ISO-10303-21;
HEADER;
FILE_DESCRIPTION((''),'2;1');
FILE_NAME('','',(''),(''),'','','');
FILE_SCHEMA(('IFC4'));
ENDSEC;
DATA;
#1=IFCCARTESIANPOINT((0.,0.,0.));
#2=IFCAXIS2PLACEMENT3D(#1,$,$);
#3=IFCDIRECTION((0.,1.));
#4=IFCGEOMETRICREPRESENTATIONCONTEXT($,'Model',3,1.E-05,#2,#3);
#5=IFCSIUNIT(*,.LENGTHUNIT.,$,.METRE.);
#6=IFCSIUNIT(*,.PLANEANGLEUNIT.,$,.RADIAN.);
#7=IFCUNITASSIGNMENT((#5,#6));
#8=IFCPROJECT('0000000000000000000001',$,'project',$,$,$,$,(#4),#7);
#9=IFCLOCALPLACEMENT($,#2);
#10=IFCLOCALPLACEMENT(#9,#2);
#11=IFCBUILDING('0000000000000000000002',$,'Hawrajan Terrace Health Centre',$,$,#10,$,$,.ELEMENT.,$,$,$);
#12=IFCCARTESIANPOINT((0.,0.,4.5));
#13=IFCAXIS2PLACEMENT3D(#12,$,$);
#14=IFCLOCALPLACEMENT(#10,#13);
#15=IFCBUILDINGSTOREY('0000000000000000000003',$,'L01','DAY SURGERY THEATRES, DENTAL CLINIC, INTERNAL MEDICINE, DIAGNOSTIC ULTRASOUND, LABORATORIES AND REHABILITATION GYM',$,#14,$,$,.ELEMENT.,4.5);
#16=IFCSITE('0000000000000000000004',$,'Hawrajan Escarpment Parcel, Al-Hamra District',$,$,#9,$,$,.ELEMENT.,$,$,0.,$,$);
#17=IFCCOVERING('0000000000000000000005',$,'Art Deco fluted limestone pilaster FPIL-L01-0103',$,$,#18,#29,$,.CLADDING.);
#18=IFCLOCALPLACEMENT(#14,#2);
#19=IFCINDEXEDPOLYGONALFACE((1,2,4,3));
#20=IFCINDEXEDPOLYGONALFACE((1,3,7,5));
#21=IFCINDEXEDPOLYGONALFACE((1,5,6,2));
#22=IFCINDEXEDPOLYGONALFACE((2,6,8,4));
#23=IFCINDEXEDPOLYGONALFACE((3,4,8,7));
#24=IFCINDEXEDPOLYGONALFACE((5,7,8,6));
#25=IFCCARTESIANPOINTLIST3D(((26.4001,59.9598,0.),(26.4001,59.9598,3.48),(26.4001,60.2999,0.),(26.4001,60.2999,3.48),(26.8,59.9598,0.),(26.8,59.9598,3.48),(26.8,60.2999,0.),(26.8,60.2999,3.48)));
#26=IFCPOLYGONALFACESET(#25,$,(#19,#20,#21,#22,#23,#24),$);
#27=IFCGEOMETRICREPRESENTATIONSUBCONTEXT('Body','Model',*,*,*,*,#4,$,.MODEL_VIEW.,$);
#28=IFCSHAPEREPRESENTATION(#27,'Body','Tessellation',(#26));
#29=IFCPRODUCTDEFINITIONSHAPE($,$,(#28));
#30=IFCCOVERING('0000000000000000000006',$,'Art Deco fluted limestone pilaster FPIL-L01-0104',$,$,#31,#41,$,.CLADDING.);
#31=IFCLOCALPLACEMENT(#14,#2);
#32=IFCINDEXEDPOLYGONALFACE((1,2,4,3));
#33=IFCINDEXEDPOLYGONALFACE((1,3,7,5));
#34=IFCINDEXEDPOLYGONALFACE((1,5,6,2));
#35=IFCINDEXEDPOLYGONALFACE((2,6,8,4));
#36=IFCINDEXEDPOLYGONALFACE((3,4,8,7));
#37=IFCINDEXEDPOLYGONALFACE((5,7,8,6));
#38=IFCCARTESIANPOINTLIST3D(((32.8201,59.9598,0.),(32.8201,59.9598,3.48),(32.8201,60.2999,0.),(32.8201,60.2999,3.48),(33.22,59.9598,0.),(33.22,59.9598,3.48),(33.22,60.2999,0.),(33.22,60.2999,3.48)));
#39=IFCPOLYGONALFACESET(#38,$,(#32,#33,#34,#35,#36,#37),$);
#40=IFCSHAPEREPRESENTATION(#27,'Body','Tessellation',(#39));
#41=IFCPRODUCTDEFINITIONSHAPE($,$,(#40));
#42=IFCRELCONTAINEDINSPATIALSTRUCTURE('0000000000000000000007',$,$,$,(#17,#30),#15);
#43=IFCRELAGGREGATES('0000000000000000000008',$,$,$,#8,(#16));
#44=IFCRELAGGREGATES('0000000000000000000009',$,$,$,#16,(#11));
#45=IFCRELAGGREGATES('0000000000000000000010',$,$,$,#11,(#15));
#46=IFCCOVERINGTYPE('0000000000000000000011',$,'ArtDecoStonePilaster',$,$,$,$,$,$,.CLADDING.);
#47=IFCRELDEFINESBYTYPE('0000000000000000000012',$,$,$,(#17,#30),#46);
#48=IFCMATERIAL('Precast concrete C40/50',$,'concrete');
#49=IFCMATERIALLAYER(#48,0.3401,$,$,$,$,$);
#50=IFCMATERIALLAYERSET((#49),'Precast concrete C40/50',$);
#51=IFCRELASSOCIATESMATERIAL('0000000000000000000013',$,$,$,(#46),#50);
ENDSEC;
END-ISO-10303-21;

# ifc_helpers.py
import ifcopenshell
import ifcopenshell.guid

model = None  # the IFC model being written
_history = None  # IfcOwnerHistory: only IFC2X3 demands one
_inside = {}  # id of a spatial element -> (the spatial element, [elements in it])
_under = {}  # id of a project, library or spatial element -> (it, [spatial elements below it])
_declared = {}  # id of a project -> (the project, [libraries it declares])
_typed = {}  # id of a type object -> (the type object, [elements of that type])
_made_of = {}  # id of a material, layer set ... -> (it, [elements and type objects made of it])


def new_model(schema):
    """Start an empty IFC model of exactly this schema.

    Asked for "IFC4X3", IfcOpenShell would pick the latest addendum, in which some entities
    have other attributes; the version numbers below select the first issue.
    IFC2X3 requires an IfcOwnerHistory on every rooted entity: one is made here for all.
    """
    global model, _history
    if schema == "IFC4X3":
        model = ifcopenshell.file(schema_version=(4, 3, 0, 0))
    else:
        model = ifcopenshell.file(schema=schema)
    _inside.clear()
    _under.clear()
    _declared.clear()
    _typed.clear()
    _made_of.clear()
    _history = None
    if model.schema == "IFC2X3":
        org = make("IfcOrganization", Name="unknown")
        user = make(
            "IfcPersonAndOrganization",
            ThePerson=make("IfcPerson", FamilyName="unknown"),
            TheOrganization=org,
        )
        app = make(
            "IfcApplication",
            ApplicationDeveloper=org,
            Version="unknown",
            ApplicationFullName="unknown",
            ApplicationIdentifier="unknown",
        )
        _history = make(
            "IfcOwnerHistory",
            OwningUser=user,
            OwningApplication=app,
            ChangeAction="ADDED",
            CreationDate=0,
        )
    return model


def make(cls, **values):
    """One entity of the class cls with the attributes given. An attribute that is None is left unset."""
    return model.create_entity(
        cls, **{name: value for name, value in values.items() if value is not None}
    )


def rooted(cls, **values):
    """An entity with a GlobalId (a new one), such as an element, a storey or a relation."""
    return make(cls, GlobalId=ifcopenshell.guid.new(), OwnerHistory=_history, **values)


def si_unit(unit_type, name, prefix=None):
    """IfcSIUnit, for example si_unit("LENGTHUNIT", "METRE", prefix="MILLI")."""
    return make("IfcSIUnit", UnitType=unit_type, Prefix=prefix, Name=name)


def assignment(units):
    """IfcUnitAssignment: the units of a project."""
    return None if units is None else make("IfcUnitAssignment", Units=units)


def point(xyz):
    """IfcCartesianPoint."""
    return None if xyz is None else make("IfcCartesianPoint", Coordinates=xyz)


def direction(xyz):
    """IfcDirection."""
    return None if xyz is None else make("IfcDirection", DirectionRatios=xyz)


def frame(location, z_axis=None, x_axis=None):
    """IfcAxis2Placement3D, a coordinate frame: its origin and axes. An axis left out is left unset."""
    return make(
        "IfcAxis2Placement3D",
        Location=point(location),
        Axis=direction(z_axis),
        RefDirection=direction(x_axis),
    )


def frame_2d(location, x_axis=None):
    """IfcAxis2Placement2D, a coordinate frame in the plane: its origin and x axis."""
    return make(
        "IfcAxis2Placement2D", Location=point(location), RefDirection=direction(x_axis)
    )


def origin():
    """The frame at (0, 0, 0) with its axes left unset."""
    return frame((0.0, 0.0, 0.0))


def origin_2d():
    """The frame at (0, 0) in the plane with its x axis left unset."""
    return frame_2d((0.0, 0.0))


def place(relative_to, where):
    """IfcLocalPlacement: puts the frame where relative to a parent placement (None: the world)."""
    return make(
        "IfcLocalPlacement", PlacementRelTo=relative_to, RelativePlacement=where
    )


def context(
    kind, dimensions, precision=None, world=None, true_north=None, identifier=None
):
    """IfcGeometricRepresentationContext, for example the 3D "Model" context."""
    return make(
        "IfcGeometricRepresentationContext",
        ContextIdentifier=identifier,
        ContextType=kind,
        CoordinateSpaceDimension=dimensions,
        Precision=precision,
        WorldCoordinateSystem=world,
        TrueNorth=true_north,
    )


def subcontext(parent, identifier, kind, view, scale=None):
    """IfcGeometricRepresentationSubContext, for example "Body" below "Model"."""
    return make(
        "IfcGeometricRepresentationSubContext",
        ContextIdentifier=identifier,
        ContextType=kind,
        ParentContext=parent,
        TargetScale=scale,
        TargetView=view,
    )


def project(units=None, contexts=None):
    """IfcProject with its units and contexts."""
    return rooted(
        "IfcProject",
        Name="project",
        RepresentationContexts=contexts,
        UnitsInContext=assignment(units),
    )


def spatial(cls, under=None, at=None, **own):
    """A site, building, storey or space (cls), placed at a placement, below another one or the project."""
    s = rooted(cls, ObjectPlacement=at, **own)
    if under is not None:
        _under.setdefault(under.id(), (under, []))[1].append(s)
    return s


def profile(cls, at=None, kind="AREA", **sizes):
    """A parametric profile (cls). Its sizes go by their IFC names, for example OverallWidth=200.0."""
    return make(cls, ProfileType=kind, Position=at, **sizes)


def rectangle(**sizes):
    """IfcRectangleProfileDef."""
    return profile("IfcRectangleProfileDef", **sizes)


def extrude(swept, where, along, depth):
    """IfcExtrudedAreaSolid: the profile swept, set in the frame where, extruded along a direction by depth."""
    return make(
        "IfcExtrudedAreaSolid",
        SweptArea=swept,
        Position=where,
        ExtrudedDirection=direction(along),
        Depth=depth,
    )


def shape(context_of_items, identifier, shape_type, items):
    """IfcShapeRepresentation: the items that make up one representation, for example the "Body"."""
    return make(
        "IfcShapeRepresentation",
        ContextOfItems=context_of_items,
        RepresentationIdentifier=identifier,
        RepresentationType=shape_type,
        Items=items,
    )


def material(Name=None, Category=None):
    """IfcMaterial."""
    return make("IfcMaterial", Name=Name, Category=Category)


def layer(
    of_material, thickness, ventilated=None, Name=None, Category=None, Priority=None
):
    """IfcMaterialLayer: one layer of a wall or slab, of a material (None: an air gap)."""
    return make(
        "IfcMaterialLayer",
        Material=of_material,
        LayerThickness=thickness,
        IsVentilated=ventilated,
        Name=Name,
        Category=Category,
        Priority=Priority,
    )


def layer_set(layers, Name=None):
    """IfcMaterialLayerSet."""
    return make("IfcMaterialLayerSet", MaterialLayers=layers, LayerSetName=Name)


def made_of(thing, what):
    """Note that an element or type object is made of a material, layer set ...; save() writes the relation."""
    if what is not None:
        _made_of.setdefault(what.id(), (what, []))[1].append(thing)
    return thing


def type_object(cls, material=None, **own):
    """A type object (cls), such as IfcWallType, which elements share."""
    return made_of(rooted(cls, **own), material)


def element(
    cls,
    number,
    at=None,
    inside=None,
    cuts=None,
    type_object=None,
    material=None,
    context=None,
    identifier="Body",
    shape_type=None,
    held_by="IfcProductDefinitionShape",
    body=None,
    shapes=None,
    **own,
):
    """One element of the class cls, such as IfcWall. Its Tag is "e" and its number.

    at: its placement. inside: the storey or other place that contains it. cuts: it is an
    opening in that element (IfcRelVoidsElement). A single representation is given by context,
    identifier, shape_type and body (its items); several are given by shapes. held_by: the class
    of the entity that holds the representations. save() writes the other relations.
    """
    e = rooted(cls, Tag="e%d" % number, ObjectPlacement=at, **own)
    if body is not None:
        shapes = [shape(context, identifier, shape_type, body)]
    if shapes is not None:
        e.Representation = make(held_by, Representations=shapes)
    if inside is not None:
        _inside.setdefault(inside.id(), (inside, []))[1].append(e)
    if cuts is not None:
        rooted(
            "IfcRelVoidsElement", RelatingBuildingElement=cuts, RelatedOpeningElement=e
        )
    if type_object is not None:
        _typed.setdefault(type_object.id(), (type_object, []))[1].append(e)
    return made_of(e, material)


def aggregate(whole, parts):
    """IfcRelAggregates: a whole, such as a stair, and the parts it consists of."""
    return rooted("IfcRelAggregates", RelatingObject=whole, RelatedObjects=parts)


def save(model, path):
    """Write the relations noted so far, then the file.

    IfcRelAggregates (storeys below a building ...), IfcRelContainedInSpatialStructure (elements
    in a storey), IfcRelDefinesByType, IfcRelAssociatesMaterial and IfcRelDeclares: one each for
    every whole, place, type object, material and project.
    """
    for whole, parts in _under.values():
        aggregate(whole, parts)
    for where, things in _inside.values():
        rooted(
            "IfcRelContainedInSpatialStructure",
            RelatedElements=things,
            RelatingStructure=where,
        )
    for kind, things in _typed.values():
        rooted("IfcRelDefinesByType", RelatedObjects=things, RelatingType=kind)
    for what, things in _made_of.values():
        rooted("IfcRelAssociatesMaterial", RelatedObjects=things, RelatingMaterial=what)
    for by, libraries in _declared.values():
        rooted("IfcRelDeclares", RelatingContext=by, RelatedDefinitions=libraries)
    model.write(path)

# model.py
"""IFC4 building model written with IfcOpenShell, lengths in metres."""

from ifc_helpers import new_model, si_unit, direction, frame, origin, origin_2d, place, context, subcontext, project, spatial, rectangle, extrude, material, layer, layer_set, type_object, element, save


model = new_model("IFC4")

# Units and contexts
model_context = context("Model", 3, precision=1e-05, world=origin(), true_north=direction((0.0, 1.0)))
body_context = subcontext(model_context, "Body", "Model", "MODEL_VIEW")
ifc_project = project(units=[si_unit("LENGTHUNIT", "METRE"), si_unit("PLANEANGLEUNIT", "RADIAN")], contexts=[model_context])

# Site, building, storey
site_placement = place(None, origin())
site = spatial("IfcSite", under=ifc_project, at=site_placement, Name="Hawrajan Escarpment Parcel, Al-Hamra District", CompositionType="ELEMENT", RefElevation=0.0)
building_placement = place(site_placement, origin())
building = spatial("IfcBuilding", under=site, at=building_placement, Name="Hawrajan Terrace Health Centre", CompositionType="ELEMENT")
storey_placement = place(building_placement, frame((0.0, 0.0, 4.5)))
storey = spatial("IfcBuildingStorey", under=building, at=storey_placement, Name="L01", Description="DAY SURGERY THEATRES, DENTAL CLINIC, INTERNAL MEDICINE, DIAGNOSTIC ULTRASOUND, LABORATORIES AND REHABILITATION GYM", CompositionType="ELEMENT", Elevation=4.5)

# Coverings
ifc_material_1 = material(Name="Precast concrete C40/50", Category="concrete")
ifc_layer_1 = layer(ifc_material_1, 0.3401)
ifc_layer_set_1 = layer_set([ifc_layer_1], Name="Precast concrete C40/50")
covering_type_1 = type_object("IfcCoveringType", Name="ArtDecoStonePilaster", PredefinedType="CLADDING", material=ifc_layer_set_1)
for number, where, z_axis, x_axis, name in (
    (1, (26.6001, 60.1299, 0.0), (0.0, 0.0, 1.0), (1.0, 0.0, 0.0), "Art Deco fluted limestone pilaster FPIL-L01-0103"),
    (2, (33.02, 60.1299, 0.0), (0.0, 0.0, 1.0), (1.0, 0.0, 0.0), "Art Deco fluted limestone pilaster FPIL-L01-0104"),
):
    element("IfcCovering", number, at=place(storey_placement, frame(where, z_axis=z_axis, x_axis=x_axis)), inside=storey, type_object=covering_type_1, Name=name, PredefinedType="CLADDING", context=body_context, shape_type="SweptSolid", body=[
        extrude(rectangle(XDim=0.3999, YDim=0.3401, at=origin_2d()), origin(), (0.0, 0.0, 1.0), 3.48),
    ])

save(model, "model.ifc")
